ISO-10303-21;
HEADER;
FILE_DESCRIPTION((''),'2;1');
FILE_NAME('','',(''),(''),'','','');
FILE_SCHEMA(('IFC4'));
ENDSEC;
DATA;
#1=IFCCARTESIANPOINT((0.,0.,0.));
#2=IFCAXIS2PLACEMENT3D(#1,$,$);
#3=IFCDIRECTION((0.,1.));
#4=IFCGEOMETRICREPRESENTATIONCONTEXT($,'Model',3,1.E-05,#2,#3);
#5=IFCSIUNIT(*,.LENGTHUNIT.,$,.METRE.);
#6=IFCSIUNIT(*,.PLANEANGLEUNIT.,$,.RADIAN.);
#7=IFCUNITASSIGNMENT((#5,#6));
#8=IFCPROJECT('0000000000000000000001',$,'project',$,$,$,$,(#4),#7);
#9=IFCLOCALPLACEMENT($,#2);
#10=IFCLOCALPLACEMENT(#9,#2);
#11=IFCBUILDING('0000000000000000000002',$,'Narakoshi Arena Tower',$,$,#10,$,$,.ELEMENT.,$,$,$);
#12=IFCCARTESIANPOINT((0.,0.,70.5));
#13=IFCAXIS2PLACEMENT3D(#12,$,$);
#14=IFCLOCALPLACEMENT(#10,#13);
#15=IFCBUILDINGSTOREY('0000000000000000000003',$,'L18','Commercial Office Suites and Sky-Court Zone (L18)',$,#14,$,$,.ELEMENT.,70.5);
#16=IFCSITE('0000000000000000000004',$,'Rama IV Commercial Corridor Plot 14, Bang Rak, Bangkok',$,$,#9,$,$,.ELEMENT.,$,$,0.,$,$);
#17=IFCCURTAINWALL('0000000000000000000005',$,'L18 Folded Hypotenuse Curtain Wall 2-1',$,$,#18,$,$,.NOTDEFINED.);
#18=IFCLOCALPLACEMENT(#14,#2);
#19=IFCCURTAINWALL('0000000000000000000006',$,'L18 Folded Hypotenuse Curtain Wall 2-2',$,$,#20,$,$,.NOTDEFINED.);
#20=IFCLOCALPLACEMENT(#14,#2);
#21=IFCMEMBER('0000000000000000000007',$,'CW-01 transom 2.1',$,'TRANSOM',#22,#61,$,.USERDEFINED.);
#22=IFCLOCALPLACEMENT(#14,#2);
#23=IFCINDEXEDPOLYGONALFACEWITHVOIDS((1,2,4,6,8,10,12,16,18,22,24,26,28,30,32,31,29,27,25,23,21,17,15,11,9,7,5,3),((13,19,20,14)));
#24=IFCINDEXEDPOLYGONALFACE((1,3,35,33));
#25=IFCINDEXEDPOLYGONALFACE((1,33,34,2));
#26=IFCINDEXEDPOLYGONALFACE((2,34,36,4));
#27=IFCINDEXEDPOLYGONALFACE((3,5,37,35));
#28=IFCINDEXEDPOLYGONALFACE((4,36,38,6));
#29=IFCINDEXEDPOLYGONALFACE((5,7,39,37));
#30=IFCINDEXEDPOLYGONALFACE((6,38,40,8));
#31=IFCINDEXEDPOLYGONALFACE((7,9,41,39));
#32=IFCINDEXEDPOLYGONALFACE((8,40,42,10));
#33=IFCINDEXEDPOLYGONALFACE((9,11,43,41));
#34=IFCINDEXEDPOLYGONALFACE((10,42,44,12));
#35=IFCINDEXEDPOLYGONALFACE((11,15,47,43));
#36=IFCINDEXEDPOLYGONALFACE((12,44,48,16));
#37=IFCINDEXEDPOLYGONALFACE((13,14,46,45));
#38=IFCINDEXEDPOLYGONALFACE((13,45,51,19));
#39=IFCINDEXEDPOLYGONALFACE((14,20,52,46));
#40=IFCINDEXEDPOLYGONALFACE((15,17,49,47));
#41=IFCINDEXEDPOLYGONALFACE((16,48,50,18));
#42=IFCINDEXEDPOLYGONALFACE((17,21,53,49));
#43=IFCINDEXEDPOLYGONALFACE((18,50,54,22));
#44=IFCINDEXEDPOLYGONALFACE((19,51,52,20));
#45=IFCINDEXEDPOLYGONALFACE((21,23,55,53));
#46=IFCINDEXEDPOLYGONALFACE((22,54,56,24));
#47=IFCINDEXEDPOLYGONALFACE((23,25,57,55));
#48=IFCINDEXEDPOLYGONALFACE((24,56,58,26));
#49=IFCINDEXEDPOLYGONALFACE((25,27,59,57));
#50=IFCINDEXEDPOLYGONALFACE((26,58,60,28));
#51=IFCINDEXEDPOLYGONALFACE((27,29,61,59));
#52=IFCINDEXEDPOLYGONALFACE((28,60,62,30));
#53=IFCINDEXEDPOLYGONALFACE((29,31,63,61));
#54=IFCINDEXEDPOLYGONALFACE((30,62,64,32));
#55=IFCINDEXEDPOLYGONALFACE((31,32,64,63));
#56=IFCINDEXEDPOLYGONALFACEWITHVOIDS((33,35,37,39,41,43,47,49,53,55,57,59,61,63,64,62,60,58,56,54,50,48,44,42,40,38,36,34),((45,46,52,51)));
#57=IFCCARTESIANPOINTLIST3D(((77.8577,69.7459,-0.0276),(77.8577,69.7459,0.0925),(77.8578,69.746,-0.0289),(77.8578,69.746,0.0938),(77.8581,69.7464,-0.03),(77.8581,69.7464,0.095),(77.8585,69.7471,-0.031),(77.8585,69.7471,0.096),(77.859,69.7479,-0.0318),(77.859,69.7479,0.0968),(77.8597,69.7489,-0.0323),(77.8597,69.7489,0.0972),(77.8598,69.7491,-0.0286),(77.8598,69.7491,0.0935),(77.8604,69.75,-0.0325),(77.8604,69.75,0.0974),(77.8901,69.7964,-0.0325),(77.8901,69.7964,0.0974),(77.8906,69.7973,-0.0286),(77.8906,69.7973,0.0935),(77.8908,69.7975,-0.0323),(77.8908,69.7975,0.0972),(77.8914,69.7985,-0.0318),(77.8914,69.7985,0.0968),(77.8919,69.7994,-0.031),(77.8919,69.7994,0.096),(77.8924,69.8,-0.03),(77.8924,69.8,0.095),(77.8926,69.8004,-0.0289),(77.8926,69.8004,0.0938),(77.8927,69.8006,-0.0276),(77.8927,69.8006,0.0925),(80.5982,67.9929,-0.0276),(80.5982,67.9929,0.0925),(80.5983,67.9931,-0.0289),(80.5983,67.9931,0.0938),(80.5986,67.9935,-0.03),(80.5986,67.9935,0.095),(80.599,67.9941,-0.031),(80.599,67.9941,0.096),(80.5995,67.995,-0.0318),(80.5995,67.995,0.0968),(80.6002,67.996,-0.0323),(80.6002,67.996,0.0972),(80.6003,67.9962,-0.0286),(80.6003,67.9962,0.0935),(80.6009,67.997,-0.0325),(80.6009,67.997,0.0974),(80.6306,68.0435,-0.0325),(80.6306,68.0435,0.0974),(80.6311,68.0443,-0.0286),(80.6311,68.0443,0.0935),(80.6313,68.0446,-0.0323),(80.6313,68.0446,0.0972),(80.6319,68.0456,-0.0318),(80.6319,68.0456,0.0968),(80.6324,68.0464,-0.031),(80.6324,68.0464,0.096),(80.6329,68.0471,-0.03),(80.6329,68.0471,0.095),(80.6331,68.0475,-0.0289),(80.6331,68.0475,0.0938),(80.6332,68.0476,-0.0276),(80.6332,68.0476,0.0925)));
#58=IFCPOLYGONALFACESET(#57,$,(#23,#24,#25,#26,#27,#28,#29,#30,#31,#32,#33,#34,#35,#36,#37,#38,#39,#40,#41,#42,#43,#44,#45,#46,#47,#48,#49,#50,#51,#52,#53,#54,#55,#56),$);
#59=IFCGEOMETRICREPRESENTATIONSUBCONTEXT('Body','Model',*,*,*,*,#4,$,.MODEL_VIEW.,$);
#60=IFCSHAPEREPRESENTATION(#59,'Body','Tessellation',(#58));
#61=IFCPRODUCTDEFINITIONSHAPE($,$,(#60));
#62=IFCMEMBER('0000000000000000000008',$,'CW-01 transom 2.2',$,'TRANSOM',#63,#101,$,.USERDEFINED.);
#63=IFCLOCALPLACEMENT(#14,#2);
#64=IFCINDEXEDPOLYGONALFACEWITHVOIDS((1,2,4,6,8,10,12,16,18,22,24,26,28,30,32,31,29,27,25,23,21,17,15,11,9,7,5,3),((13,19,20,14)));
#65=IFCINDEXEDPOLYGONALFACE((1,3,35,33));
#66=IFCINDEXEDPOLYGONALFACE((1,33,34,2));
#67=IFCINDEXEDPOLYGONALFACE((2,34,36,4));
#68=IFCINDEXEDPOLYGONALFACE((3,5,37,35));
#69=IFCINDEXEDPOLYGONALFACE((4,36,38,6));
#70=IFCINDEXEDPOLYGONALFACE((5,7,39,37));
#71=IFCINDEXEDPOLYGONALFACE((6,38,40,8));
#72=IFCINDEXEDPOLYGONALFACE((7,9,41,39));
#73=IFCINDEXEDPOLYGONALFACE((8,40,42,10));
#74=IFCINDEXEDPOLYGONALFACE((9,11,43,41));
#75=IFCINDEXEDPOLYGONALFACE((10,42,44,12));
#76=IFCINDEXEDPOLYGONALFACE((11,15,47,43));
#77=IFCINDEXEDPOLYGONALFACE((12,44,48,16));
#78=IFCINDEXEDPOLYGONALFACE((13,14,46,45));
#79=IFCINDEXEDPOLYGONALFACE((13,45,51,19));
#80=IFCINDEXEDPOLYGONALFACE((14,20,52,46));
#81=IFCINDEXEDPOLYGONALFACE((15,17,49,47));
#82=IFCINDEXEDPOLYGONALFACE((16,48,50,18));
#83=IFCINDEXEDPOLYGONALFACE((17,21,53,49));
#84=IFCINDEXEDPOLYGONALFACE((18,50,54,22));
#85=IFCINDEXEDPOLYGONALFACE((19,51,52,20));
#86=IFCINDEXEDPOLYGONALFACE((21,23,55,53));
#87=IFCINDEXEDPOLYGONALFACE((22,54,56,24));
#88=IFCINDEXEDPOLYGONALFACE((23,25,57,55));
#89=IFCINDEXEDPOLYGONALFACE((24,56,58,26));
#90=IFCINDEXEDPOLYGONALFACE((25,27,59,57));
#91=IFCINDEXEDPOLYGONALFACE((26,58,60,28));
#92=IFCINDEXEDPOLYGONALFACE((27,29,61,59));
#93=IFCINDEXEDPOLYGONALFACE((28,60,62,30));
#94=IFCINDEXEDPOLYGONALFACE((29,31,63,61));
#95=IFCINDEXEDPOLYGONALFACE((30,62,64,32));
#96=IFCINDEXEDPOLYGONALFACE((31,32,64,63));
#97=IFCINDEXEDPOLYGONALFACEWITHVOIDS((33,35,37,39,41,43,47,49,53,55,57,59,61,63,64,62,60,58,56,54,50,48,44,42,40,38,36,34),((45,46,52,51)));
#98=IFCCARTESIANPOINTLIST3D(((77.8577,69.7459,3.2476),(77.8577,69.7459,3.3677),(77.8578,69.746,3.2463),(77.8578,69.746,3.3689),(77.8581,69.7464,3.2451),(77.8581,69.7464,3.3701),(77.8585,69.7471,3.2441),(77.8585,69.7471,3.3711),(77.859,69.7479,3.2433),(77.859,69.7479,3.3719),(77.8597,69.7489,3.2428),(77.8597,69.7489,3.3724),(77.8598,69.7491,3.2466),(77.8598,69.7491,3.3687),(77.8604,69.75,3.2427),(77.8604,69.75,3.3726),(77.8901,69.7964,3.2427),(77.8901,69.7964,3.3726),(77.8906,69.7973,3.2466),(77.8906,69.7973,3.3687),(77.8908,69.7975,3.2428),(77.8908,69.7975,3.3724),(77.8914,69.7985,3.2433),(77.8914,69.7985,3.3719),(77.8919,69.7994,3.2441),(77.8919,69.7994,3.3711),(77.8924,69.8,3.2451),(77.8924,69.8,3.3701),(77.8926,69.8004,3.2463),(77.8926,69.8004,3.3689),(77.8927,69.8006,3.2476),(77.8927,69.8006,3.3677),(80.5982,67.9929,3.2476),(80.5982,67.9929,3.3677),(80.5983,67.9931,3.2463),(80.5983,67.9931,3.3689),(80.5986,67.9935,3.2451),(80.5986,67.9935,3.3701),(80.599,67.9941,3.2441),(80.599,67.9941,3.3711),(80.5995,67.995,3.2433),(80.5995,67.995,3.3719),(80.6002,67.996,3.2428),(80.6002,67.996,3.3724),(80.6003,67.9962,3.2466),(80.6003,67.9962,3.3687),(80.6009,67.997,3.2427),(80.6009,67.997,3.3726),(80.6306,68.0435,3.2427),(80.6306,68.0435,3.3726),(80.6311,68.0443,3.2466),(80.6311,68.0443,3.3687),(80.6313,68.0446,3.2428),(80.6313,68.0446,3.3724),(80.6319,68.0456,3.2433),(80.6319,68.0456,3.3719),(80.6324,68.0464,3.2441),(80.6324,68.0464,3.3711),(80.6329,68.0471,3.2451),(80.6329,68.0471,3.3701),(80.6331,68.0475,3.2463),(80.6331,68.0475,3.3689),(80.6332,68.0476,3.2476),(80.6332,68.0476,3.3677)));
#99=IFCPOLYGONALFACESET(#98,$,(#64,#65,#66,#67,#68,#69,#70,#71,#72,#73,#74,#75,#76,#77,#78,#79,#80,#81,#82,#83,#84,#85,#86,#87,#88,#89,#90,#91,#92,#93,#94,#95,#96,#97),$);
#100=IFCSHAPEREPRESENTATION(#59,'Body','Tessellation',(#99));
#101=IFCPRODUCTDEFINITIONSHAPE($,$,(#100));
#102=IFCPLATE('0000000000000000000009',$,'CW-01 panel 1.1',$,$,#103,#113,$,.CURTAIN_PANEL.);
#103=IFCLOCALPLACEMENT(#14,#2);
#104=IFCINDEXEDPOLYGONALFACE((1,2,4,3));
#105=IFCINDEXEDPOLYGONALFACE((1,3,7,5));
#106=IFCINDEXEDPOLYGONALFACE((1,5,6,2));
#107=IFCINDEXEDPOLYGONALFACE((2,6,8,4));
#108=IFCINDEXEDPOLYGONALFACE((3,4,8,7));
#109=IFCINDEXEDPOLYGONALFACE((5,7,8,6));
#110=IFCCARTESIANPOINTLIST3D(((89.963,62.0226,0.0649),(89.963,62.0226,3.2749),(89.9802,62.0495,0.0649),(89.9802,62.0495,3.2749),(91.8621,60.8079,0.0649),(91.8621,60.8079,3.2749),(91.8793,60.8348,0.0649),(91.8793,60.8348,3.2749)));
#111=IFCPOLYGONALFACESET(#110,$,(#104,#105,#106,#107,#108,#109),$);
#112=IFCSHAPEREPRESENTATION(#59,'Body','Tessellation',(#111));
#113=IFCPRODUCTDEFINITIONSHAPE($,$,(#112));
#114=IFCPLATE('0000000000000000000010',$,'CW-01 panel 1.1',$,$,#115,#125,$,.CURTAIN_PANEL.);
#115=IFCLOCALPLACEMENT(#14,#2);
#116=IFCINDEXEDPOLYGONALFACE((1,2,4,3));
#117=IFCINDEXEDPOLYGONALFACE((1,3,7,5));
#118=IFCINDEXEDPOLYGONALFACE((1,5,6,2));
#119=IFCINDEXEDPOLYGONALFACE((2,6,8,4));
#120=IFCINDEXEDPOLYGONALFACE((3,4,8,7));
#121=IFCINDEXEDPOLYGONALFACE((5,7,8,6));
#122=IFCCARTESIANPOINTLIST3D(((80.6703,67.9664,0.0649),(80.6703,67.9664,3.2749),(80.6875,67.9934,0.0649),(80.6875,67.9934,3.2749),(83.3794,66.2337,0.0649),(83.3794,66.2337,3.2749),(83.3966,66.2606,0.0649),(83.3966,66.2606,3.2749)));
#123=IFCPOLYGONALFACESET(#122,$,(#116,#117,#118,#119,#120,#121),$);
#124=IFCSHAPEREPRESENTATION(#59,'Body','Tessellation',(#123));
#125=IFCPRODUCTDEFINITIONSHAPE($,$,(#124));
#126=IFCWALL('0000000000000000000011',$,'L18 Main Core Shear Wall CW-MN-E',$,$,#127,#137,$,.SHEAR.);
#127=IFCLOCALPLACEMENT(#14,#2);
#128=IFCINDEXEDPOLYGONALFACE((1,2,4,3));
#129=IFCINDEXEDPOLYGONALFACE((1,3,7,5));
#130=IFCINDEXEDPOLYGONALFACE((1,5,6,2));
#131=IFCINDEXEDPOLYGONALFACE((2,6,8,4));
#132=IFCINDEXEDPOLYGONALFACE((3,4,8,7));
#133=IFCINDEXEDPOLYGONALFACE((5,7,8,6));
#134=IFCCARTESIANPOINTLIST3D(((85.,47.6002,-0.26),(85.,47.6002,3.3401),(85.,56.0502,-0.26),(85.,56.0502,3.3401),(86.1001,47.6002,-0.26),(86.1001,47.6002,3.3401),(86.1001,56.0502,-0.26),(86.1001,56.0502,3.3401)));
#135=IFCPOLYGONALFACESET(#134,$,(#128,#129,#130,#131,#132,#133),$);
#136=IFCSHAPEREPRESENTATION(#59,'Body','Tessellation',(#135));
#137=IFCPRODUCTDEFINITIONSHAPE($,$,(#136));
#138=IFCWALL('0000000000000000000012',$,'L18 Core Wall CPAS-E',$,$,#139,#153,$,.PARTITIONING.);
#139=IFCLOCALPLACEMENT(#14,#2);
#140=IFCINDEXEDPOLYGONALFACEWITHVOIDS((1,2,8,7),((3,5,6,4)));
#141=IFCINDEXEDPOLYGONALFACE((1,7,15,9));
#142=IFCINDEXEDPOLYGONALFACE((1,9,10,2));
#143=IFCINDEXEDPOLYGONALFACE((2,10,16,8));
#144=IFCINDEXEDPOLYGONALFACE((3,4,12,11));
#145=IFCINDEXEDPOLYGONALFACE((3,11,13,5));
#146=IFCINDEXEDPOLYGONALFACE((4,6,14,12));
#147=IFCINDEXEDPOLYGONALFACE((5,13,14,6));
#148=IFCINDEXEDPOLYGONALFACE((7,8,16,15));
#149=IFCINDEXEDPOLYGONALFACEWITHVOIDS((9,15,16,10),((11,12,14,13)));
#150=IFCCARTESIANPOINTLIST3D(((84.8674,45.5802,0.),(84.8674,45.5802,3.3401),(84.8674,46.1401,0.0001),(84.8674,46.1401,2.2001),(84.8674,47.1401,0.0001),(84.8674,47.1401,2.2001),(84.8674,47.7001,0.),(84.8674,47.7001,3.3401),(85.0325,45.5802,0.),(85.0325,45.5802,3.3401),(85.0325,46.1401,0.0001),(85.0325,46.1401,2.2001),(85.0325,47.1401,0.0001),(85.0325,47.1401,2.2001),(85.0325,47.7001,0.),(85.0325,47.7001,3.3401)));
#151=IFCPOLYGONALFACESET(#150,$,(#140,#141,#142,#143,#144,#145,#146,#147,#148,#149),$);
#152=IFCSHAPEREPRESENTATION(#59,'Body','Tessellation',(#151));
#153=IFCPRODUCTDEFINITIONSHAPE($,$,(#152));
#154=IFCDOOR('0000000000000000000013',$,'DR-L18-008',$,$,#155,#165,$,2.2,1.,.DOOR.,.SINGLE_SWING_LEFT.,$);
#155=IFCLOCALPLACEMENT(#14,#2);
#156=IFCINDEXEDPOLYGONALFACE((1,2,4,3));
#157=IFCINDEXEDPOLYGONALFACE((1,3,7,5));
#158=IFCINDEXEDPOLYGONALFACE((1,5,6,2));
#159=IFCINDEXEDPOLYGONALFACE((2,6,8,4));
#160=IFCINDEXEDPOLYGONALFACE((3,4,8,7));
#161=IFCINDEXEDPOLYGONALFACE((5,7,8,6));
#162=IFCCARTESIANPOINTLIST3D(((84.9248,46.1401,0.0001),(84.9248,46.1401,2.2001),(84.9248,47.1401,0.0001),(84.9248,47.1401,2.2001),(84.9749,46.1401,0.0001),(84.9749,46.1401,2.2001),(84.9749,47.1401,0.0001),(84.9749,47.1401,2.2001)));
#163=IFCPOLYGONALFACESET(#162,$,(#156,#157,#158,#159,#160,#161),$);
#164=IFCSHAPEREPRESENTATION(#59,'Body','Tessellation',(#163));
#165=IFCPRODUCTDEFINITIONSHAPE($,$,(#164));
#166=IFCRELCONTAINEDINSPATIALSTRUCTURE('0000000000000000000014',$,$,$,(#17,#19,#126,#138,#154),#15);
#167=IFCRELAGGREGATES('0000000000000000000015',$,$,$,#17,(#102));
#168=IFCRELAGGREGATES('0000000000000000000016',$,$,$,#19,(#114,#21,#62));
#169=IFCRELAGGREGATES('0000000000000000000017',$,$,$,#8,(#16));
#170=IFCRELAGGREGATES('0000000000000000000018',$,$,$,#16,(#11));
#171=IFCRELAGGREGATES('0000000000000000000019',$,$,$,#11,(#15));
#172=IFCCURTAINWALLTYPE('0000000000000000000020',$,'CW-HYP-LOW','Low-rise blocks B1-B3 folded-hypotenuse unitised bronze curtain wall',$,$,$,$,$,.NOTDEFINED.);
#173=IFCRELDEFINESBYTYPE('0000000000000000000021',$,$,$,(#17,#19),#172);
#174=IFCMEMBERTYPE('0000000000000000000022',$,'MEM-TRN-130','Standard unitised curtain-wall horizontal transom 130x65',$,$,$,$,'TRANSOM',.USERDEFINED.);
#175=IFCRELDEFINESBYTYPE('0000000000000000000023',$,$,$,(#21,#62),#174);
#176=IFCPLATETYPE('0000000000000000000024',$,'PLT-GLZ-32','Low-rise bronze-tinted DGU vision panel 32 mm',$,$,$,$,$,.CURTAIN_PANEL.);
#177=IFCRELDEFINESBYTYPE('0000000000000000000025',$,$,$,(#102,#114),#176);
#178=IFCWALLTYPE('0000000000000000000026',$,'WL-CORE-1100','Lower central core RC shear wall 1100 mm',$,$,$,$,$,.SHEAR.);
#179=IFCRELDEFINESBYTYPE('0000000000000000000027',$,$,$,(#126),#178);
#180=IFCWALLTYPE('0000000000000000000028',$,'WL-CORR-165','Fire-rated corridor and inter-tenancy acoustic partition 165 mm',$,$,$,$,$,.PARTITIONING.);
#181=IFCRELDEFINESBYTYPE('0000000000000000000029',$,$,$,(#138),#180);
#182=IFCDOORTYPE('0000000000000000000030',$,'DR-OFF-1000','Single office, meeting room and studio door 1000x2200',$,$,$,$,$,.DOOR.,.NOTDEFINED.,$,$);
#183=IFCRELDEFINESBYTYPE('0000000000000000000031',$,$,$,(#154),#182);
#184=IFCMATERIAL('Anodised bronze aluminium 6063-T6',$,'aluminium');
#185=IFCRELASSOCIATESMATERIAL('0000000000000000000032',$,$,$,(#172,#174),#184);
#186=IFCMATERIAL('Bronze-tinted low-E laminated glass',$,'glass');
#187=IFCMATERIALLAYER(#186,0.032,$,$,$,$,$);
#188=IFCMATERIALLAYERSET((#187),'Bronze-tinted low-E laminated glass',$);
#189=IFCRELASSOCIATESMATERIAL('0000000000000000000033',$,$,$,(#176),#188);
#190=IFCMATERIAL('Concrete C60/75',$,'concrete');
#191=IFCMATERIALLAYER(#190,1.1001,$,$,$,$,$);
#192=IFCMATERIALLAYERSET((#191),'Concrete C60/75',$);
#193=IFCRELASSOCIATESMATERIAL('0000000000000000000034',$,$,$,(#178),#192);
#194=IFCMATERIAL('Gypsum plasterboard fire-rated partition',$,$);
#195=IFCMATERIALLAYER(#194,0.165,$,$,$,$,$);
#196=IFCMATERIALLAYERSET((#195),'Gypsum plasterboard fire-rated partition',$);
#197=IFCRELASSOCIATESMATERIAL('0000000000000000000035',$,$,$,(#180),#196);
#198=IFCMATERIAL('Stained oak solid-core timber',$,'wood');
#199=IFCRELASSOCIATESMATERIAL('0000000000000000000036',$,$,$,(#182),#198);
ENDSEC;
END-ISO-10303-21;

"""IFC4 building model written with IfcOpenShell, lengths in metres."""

from ifc_helpers import new_model, si_unit, direction, frame, frame_2d, origin, origin_2d, place, context, subcontext, project, spatial, rectangle, hollow_rectangle, extrude, material, layer, layer_set, material_profile, profile_set, type_object, element, fill, aggregate, save


model = new_model("IFC4")

# Units and contexts
model_context = context("Model", 3, precision=1e-05, world=origin(), true_north=direction((0.0, 1.0)))
body_context = subcontext(model_context, "Body", "Model", "MODEL_VIEW")
ifc_project = project(units=[si_unit("LENGTHUNIT", "METRE"), si_unit("PLANEANGLEUNIT", "RADIAN")], contexts=[model_context])

# Site, building, storey
site_placement = place(None, origin())
site = spatial("IfcSite", under=ifc_project, at=site_placement, Name="Rama IV Commercial Corridor Plot 14, Bang Rak, Bangkok", CompositionType="ELEMENT", RefElevation=0.0)
building_placement = place(site_placement, origin())
building = spatial("IfcBuilding", under=site, at=building_placement, Name="Narakoshi Arena Tower", CompositionType="ELEMENT")
storey_placement = place(building_placement, frame((0.0, 0.0, 70.5)))
storey = spatial("IfcBuildingStorey", under=building, at=storey_placement, Name="L18", Description="Commercial Office Suites and Sky-Court Zone (L18)", CompositionType="ELEMENT", Elevation=70.5)

# Shared definitions
ifc_material_1 = material(Name="Concrete C60/75", Category="concrete")

# Curtain walls
ifc_material_2 = material(Name="Anodised bronze aluminium 6063-T6", Category="aluminium")
curtain_wall_type = type_object("IfcCurtainWallType", Name="CW-HYP-LOW", Description="Low-rise blocks B1-B3 folded-hypotenuse unitised bronze curtain wall", PredefinedType="NOTDEFINED", material=ifc_material_2)
curtain_wall_1_placement = place(storey_placement, origin())
curtain_wall_1 = element("IfcCurtainWall", 1, at=curtain_wall_1_placement, inside=storey, type_object=curtain_wall_type, Name="L18 Folded Hypotenuse Curtain Wall 2-1", PredefinedType="NOTDEFINED")
curtain_wall_2_placement = place(storey_placement, origin())
curtain_wall_2 = element("IfcCurtainWall", 2, at=curtain_wall_2_placement, inside=storey, type_object=curtain_wall_type, Name="L18 Folded Hypotenuse Curtain Wall 2-2", PredefinedType="NOTDEFINED")

# Members
ifc_material_profile_1 = material_profile(ifc_material_2, hollow_rectangle(XDim=0.0649, YDim=0.1299, WallThickness=0.0039, OuterFilletRadius=0.0049, at=origin_2d()), Name="TRN130x65x4")
ifc_profile_set_1 = profile_set([ifc_material_profile_1], Name="Anodised bronze aluminium 6063-T6")
member_type_1 = type_object("IfcMemberType", Name="MEM-TRN-130", Description="Standard unitised curtain-wall horizontal transom 130x65", ElementType="TRANSOM", PredefinedType="USERDEFINED", material=ifc_profile_set_1)
member_1_placement = place(storey_placement, frame((80.6157, 68.0203, 0.0325), z_axis=(-0.842408, 0.538841, 0.0), x_axis=(-0.538841, -0.842408, 0.0)))
member_1 = element("IfcMember", 3, at=member_1_placement, type_object=member_type_1, Name="CW-01 transom 2.1", ObjectType="TRANSOM", PredefinedType="USERDEFINED", context=body_context, shape_type="SweptSolid", body=[
    extrude(hollow_rectangle(XDim=0.0649, YDim=0.1299, WallThickness=0.0039, OuterFilletRadius=0.0049, at=origin_2d()), origin(), (0.0, 0.0, 1.0), 3.2532),
])
member_2_placement = place(storey_placement, frame((80.6157, 68.0203, 3.3076), z_axis=(-0.842408, 0.538841, 0.0), x_axis=(-0.538841, -0.842408, 0.0)))
member_2 = element("IfcMember", 4, at=member_2_placement, type_object=member_type_1, Name="CW-01 transom 2.2", ObjectType="TRANSOM", PredefinedType="USERDEFINED", context=body_context, shape_type="SweptSolid", body=[
    extrude(hollow_rectangle(XDim=0.0649, YDim=0.1299, WallThickness=0.0039, OuterFilletRadius=0.0049, at=origin_2d()), origin(), (0.0, 0.0, 1.0), 3.2532),
])

# Plates
ifc_material_3 = material(Name="Bronze-tinted low-E laminated glass", Category="glass")
ifc_layer_1 = layer(ifc_material_3, 0.032)
ifc_layer_set_1 = layer_set([ifc_layer_1], Name="Bronze-tinted low-E laminated glass")
plate_type = type_object("IfcPlateType", Name="PLT-GLZ-32", Description="Low-rise bronze-tinted DGU vision panel 32 mm", PredefinedType="CURTAIN_PANEL", material=ifc_layer_set_1)
plate_1_placement = place(storey_placement, frame((90.9211, 61.4287, 0.0649), z_axis=(0.0, 0.0, 1.0), x_axis=(-0.842419, 0.538822, 0.0)))
plate_1 = element("IfcPlate", 5, at=plate_1_placement, type_object=plate_type, Name="CW-01 panel 1.1", PredefinedType="CURTAIN_PANEL", context=body_context, shape_type="SweptSolid", body=[
    extrude(rectangle(XDim=2.2544, YDim=0.032, at=origin_2d()), origin(), (0.0, 0.0, 1.0), 3.21),
])
aggregate(curtain_wall_1, [plate_1])
plate_2_placement = place(storey_placement, frame((82.0334, 67.1135, 0.0649), z_axis=(0.0, 0.0, 1.0), x_axis=(-0.842415, 0.538829, 0.0)))
plate_2 = element("IfcPlate", 6, at=plate_2_placement, type_object=plate_type, Name="CW-01 panel 1.1", PredefinedType="CURTAIN_PANEL", context=body_context, shape_type="SweptSolid", body=[
    extrude(rectangle(XDim=3.2158, YDim=0.032, at=origin_2d()), origin(), (0.0, 0.0, 1.0), 3.21),
])
aggregate(curtain_wall_2, [plate_2, member_1, member_2])

# Wall
ifc_layer_2 = layer(ifc_material_1, 1.1001)
ifc_layer_set_2 = layer_set([ifc_layer_2], Name="Concrete C60/75")
wall_type_1 = type_object("IfcWallType", Name="WL-CORE-1100", Description="Lower central core RC shear wall 1100 mm", PredefinedType="SHEAR", material=ifc_layer_set_2)
wall_1_placement = place(storey_placement, frame((85.55, 47.6001, -0.26), z_axis=(0.0, 0.0, 1.0), x_axis=(0.0, 1.0, 0.0)))
element("IfcWall", 7, at=wall_1_placement, inside=storey, type_object=wall_type_1, Name="L18 Main Core Shear Wall CW-MN-E", PredefinedType="SHEAR", context=body_context, shape_type="SweptSolid", body=[
    extrude(rectangle(XDim=8.45, YDim=1.1001, at=frame_2d((4.2251, 0.0))), origin(), (0.0, 0.0, 1.0), 3.6001),
])

# Wall, opening, door
ifc_material_4 = material(Name="Gypsum plasterboard fire-rated partition")
ifc_layer_3 = layer(ifc_material_4, 0.165)
ifc_layer_set_3 = layer_set([ifc_layer_3], Name="Gypsum plasterboard fire-rated partition")
wall_type_2 = type_object("IfcWallType", Name="WL-CORR-165", Description="Fire-rated corridor and inter-tenancy acoustic partition 165 mm", PredefinedType="PARTITIONING", material=ifc_layer_set_3)
wall_2_placement = place(storey_placement, frame((84.95, 45.5801, 0.0), z_axis=(0.0, 0.0, 1.0), x_axis=(0.0, 1.0, 0.0)))
wall_2 = element("IfcWall", 8, at=wall_2_placement, inside=storey, type_object=wall_type_2, Name="L18 Core Wall CPAS-E", PredefinedType="PARTITIONING", context=body_context, shape_type="SweptSolid", body=[
    extrude(rectangle(XDim=2.1199, YDim=0.165, at=frame_2d((1.0601, 0.0))), origin(), (0.0, 0.0, 1.0), 3.3401),
])
opening_1_placement = place(wall_2_placement, frame((0.5601, 0.0, 0.0)))
opening_1 = element("IfcOpeningElement", 9, at=opening_1_placement, cuts=wall_2, PredefinedType="OPENING", context=body_context, shape_type="SweptSolid", body=[
    extrude(rectangle(XDim=1.0, YDim=2.2, at=frame_2d((0.5, 1.1001))), frame((0.0, 0.0925, 0.0), z_axis=(0.0, -1.0, 0.0), x_axis=(1.0, 0.0, 0.0)), (0.0, 0.0, 1.0), 0.1851),
])
ifc_material_5 = material(Name="Stained oak solid-core timber", Category="wood")
door_type = type_object("IfcDoorType", Name="DR-OFF-1000", Description="Single office, meeting room and studio door 1000x2200", OperationType="NOTDEFINED", PredefinedType="DOOR", material=ifc_material_5)
door_1_placement = place(opening_1_placement, frame((1.0, 0.0, 0.0), z_axis=(0.0, 0.0, 1.0), x_axis=(-1.0, 0.0, 0.0)))
door_1 = element("IfcDoor", 10, at=door_1_placement, inside=storey, type_object=door_type, Name="DR-L18-008", OperationType="SINGLE_SWING_LEFT", OverallHeight=2.2, OverallWidth=1.0, PredefinedType="DOOR", context=body_context, shape_type="SweptSolid", body=[
    extrude(rectangle(XDim=1.0, YDim=2.2, at=frame_2d((0.5, 1.1001))), frame((0.0, 0.0249, 0.0), z_axis=(0.0, -1.0, 0.0), x_axis=(1.0, 0.0, 0.0)), (0.0, 0.0, 1.0), 0.05),
])
fill(opening_1, door_1)

save(model, "model.ifc")
